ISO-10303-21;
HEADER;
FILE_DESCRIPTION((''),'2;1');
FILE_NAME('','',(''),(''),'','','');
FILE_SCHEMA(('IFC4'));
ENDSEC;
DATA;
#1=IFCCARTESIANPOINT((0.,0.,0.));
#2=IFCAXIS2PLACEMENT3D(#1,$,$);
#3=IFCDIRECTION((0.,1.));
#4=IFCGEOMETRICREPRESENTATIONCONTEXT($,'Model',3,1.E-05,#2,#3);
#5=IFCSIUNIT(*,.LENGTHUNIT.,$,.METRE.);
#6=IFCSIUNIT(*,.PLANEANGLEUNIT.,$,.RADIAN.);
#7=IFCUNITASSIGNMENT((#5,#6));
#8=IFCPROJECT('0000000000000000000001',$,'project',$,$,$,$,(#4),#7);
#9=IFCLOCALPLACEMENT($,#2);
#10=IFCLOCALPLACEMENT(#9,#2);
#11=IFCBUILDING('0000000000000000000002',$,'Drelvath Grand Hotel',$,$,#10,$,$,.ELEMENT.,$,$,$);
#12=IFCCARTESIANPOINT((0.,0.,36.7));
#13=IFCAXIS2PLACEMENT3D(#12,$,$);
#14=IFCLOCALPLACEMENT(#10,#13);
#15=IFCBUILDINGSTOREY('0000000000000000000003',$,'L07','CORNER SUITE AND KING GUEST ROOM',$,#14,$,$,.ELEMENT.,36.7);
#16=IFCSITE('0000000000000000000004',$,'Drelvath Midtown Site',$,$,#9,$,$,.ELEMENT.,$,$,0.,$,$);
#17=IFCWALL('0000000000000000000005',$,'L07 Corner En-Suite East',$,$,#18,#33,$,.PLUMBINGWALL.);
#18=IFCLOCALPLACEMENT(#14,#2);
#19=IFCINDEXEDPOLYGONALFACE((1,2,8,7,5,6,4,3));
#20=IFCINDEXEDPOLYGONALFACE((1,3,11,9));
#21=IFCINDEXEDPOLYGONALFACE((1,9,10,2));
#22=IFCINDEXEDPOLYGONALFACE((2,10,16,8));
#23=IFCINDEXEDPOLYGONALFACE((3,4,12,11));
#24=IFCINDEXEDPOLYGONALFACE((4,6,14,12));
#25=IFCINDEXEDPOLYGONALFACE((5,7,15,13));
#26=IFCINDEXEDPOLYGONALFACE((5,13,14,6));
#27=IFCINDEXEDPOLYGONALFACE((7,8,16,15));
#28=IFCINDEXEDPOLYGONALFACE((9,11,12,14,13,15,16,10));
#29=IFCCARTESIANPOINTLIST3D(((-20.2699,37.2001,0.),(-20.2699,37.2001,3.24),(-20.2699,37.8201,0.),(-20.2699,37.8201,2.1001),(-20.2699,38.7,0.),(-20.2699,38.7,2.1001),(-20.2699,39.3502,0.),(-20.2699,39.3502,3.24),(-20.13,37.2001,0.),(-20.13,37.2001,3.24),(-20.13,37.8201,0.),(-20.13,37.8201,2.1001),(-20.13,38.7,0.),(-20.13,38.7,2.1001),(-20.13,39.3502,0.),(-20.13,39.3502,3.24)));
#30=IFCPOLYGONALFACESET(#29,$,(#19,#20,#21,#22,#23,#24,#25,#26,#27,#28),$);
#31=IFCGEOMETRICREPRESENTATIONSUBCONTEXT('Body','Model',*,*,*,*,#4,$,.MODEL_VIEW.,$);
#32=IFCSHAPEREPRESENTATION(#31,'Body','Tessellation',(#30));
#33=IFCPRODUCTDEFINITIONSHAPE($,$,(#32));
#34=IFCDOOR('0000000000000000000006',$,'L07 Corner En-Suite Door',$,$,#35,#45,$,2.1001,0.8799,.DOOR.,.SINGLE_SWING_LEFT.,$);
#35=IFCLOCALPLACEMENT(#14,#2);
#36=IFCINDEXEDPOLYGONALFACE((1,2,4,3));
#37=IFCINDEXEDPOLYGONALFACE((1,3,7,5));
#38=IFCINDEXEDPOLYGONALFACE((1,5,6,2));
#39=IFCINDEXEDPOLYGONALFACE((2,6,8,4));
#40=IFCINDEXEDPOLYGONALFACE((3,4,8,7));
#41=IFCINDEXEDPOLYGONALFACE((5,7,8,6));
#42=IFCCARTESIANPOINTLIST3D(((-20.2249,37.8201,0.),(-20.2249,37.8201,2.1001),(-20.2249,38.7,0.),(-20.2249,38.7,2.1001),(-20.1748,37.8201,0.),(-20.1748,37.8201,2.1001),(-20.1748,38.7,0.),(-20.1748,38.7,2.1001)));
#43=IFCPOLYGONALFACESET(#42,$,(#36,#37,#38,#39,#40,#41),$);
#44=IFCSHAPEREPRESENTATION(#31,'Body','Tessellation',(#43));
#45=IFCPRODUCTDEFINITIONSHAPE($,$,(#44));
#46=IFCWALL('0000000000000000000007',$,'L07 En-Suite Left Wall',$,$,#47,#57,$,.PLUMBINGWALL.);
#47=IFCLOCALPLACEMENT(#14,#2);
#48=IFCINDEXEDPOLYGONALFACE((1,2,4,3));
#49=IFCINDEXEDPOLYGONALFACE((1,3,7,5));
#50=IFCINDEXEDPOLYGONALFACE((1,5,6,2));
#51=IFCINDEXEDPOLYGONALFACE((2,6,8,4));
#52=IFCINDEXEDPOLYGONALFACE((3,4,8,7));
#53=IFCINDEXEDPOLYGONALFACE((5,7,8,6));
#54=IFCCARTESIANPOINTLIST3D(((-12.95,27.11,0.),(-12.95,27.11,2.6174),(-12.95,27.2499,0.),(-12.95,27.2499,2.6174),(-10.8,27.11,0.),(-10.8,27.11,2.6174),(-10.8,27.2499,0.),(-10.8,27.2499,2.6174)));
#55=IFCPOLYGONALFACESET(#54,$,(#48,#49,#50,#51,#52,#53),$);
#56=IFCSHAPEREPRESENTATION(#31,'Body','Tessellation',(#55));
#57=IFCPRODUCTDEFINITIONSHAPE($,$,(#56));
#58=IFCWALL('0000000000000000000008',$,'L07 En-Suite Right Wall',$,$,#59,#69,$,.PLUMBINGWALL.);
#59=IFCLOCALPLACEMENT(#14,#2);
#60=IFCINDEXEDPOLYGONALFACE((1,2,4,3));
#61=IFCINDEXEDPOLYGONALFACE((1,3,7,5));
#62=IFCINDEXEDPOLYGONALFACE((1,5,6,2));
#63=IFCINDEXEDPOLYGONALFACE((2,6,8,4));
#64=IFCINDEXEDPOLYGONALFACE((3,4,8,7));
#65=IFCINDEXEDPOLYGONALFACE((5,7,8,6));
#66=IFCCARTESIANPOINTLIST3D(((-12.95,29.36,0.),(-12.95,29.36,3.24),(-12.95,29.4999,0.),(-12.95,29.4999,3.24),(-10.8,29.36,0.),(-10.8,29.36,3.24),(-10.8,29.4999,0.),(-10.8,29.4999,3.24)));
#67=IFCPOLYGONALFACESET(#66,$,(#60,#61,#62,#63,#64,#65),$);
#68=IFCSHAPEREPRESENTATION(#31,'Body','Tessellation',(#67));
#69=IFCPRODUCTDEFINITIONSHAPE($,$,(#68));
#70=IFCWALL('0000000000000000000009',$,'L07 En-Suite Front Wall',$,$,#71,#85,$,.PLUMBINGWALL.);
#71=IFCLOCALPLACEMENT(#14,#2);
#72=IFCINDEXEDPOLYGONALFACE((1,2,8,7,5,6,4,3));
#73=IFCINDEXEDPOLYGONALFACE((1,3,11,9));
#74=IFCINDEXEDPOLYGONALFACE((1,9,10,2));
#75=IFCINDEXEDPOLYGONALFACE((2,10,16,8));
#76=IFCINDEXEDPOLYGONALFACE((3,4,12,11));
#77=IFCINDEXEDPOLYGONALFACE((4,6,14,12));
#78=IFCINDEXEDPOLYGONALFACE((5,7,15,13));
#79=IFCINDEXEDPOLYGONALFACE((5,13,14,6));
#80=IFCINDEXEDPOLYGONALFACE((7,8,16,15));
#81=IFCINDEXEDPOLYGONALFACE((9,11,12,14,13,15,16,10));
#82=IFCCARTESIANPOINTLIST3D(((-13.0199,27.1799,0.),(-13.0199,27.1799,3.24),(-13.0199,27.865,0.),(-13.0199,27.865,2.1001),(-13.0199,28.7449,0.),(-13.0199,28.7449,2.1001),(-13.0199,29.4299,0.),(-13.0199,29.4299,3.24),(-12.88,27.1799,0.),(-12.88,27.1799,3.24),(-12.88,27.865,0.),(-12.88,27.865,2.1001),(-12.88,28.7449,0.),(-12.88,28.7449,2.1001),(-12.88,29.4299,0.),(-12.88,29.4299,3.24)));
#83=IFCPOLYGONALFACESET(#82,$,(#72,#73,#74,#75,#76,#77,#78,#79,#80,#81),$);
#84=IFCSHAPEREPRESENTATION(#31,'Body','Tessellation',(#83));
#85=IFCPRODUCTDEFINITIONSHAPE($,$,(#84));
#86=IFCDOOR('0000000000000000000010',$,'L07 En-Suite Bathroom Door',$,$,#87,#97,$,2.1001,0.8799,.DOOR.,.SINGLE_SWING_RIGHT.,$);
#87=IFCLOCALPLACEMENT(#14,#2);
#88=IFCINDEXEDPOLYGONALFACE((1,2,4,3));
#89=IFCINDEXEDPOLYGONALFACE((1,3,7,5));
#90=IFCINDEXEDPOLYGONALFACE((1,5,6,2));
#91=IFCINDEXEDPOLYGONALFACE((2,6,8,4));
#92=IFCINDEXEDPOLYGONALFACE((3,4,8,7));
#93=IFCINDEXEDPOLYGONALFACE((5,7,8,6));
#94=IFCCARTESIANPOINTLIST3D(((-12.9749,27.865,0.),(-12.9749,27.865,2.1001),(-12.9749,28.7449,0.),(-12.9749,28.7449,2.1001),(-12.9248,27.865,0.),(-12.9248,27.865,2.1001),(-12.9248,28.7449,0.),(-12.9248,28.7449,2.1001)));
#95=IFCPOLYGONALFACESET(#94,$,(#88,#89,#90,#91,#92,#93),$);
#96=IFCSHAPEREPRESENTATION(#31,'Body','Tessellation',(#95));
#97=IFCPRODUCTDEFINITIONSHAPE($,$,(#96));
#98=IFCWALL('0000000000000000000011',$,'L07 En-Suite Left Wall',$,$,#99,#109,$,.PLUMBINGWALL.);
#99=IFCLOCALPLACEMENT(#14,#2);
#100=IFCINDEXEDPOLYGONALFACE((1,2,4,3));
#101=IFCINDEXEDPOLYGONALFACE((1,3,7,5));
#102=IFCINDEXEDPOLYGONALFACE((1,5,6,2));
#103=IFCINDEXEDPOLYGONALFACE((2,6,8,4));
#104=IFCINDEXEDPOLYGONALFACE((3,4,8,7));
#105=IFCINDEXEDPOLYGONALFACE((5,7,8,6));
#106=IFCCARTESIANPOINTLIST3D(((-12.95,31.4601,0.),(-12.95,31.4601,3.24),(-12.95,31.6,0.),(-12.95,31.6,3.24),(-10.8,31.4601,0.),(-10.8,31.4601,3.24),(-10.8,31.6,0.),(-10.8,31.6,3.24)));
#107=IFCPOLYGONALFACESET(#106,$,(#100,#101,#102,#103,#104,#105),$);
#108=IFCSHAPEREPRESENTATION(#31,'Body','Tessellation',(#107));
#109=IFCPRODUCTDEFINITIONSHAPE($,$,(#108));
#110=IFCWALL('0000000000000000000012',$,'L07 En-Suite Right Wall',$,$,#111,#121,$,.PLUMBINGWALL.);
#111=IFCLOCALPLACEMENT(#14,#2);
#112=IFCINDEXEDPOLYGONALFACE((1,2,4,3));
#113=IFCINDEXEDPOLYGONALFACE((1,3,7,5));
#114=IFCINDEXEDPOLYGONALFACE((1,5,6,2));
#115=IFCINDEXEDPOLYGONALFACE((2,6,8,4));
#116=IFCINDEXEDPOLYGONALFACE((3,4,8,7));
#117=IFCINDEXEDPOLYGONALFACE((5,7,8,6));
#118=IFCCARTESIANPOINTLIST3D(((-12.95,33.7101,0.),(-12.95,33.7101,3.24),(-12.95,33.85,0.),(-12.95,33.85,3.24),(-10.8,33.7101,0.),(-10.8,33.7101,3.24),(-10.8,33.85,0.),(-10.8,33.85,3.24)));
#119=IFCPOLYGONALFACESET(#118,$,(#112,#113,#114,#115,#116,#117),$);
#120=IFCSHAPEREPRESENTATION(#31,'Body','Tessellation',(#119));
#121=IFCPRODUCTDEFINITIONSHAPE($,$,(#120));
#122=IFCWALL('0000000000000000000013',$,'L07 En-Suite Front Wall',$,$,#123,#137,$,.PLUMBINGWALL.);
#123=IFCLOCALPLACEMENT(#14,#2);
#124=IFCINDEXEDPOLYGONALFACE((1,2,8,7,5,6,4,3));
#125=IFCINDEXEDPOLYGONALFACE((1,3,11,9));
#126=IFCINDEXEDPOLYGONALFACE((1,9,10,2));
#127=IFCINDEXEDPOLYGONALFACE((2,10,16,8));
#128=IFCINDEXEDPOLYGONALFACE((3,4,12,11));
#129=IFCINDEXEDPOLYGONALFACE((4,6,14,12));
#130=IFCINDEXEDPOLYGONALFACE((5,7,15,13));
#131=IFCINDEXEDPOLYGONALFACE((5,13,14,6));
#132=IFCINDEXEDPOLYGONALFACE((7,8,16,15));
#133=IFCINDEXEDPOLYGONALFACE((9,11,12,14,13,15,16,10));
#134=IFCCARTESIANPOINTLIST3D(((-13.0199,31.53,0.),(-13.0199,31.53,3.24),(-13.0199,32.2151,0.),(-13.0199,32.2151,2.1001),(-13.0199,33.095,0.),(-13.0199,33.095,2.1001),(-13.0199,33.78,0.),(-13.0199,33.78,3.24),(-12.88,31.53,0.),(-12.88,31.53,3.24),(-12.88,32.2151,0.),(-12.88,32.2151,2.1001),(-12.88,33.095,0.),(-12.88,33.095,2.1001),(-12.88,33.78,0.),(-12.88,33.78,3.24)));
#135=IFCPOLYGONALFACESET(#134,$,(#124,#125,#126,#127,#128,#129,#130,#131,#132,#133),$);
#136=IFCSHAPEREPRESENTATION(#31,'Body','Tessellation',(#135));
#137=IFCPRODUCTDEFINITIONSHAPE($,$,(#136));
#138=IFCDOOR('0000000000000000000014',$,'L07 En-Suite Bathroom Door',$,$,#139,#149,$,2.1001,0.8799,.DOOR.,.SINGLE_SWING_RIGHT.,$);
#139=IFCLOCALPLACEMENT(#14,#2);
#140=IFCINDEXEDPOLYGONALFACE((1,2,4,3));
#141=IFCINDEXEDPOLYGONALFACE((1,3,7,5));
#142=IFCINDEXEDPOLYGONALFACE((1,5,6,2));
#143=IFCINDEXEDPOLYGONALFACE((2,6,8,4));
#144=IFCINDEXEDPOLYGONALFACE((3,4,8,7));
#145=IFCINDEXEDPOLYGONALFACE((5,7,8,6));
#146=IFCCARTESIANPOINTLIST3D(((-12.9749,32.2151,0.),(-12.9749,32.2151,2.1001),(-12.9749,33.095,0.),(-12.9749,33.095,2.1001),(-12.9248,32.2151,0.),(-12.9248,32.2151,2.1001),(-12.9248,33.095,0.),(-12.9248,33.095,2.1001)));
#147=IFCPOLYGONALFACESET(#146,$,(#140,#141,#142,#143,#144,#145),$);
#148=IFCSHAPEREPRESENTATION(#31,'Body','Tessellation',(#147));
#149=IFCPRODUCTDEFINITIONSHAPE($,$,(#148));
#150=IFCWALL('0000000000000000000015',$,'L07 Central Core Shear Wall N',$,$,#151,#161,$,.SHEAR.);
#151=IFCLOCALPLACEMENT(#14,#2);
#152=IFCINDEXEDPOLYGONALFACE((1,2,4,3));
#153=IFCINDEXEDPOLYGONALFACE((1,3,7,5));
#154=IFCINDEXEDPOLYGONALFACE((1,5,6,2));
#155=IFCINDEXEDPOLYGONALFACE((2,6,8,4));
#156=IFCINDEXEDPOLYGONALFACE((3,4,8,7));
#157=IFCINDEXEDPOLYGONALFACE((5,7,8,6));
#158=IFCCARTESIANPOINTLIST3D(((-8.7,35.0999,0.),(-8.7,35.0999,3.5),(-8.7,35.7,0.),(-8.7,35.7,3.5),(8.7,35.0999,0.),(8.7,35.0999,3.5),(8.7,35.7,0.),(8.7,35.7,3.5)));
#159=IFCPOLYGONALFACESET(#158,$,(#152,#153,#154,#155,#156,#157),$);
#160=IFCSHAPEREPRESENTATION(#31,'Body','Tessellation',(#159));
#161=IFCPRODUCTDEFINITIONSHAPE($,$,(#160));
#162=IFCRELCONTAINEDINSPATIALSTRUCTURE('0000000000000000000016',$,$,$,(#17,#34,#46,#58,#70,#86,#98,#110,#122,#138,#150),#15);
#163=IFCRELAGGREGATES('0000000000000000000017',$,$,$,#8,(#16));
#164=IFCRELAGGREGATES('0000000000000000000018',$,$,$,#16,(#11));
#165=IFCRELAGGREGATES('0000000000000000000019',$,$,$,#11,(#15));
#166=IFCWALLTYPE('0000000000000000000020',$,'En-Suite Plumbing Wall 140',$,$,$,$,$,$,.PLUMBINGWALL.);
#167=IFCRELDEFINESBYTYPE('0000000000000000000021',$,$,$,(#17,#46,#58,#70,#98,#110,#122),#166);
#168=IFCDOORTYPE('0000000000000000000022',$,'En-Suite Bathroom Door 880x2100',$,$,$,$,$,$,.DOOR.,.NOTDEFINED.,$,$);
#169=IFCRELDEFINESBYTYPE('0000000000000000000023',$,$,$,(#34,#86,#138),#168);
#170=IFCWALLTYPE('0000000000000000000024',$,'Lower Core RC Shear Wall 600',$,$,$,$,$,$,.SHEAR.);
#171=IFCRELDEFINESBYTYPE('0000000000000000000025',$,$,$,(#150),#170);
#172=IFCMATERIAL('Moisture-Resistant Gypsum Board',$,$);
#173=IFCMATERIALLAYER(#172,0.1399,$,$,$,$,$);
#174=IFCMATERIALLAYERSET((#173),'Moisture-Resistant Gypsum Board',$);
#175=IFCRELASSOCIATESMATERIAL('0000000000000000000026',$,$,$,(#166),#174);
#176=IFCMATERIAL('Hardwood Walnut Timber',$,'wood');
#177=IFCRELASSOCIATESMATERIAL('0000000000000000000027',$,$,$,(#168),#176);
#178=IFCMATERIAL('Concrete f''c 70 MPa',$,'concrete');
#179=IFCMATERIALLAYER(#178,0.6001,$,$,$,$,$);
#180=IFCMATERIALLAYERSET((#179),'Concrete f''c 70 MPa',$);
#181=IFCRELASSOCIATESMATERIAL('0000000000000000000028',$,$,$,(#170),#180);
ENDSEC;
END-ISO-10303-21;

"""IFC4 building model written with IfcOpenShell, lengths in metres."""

from ifc_helpers import new_model, si_unit, direction, frame, frame_2d, origin, place, context, subcontext, project, spatial, rectangle, extrude, material, layer, layer_set, type_object, element, fill, save


model = new_model("IFC4")

# Units and contexts
model_context = context("Model", 3, precision=1e-05, world=origin(), true_north=direction((0.0, 1.0)))
body_context = subcontext(model_context, "Body", "Model", "MODEL_VIEW")
ifc_project = project(units=[si_unit("LENGTHUNIT", "METRE"), si_unit("PLANEANGLEUNIT", "RADIAN")], contexts=[model_context])

# Site, building, storey
site_placement = place(None, origin())
site = spatial("IfcSite", under=ifc_project, at=site_placement, Name="Drelvath Midtown Site", CompositionType="ELEMENT", RefElevation=0.0)
building_placement = place(site_placement, origin())
building = spatial("IfcBuilding", under=site, at=building_placement, Name="Drelvath Grand Hotel", CompositionType="ELEMENT")
storey_placement = place(building_placement, frame((0.0, 0.0, 36.7)))
storey = spatial("IfcBuildingStorey", under=building, at=storey_placement, Name="L07", Description="CORNER SUITE AND KING GUEST ROOM", CompositionType="ELEMENT", Elevation=36.7)

# Shared definitions
ifc_material_1 = material(Name="Hardwood Walnut Timber", Category="wood")

# Wall, opening, door
ifc_material_2 = material(Name="Moisture-Resistant Gypsum Board")
ifc_layer_1 = layer(ifc_material_2, 0.1399)
ifc_layer_set_1 = layer_set([ifc_layer_1], Name="Moisture-Resistant Gypsum Board")
wall_type_1 = type_object("IfcWallType", Name="En-Suite Plumbing Wall 140", PredefinedType="PLUMBINGWALL", material=ifc_layer_set_1)
wall_1_placement = place(storey_placement, frame((-20.2, 37.2, 0.0), z_axis=(0.0, 0.0, 1.0), x_axis=(0.0, 1.0, 0.0)))
wall_1 = element("IfcWall", 1, at=wall_1_placement, inside=storey, type_object=wall_type_1, Name="L07 Corner En-Suite East", PredefinedType="PLUMBINGWALL", context=body_context, shape_type="SweptSolid", body=[
    extrude(rectangle(XDim=2.1501, YDim=0.1399, at=frame_2d((1.0752, 0.0))), origin(), (0.0, 0.0, 1.0), 3.24),
])
opening_1_placement = place(wall_1_placement, frame((0.6201, 0.0, 0.0)))
opening_1 = element("IfcOpeningElement", 2, at=opening_1_placement, cuts=wall_1, PredefinedType="OPENING", context=body_context, shape_type="SweptSolid", body=[
    extrude(rectangle(XDim=0.8799, YDim=2.1001, at=frame_2d((0.4399, 1.05))), frame((0.0, 0.0798, 0.0), z_axis=(0.0, -1.0, 0.0), x_axis=(1.0, 0.0, 0.0)), (0.0, 0.0, 1.0), 0.1599),
])
door_type_1 = type_object("IfcDoorType", Name="En-Suite Bathroom Door 880x2100", OperationType="NOTDEFINED", PredefinedType="DOOR", material=ifc_material_1)
door_1_placement = place(opening_1_placement, origin())
door_1 = element("IfcDoor", 3, at=door_1_placement, inside=storey, type_object=door_type_1, Name="L07 Corner En-Suite Door", OperationType="SINGLE_SWING_LEFT", OverallHeight=2.1001, OverallWidth=0.8799, PredefinedType="DOOR", context=body_context, shape_type="SweptSolid", body=[
    extrude(rectangle(XDim=0.8799, YDim=2.1001, at=frame_2d((0.4399, 1.05))), frame((0.0, 0.0249, 0.0), z_axis=(0.0, -1.0, 0.0), x_axis=(1.0, 0.0, 0.0)), (0.0, 0.0, 1.0), 0.05),
])
fill(opening_1, door_1)

# Walls
wall_2_placement = place(storey_placement, frame((-10.8, 27.1799, 0.0), z_axis=(0.0, 0.0, 1.0), x_axis=(-1.0, 0.0, 0.0)))
element("IfcWall", 4, at=wall_2_placement, inside=storey, type_object=wall_type_1, Name="L07 En-Suite Left Wall", PredefinedType="PLUMBINGWALL", context=body_context, shape_type="SweptSolid", body=[
    extrude(rectangle(XDim=2.1499, YDim=0.1399, at=frame_2d((1.075, 0.0))), origin(), (0.0, 0.0, 1.0), 2.6174),
])
wall_3_placement = place(storey_placement, frame((-10.8, 29.4299, 0.0), z_axis=(0.0, 0.0, 1.0), x_axis=(-1.0, 0.0, 0.0)))
element("IfcWall", 5, at=wall_3_placement, inside=storey, type_object=wall_type_1, Name="L07 En-Suite Right Wall", PredefinedType="PLUMBINGWALL", context=body_context, shape_type="SweptSolid", body=[
    extrude(rectangle(XDim=2.1499, YDim=0.1399, at=frame_2d((1.075, 0.0))), origin(), (0.0, 0.0, 1.0), 3.24),
])

# Wall, opening, door
wall_4_placement = place(storey_placement, frame((-12.95, 27.1799, 0.0), z_axis=(0.0, 0.0, 1.0), x_axis=(0.0, 1.0, 0.0)))
wall_4 = element("IfcWall", 6, at=wall_4_placement, inside=storey, type_object=wall_type_1, Name="L07 En-Suite Front Wall", PredefinedType="PLUMBINGWALL", context=body_context, shape_type="SweptSolid", body=[
    extrude(rectangle(XDim=2.25, YDim=0.1399, at=frame_2d((1.125, 0.0))), origin(), (0.0, 0.0, 1.0), 3.24),
])
opening_2_placement = place(wall_4_placement, frame((0.6851, 0.0, 0.0)))
opening_2 = element("IfcOpeningElement", 7, at=opening_2_placement, cuts=wall_4, PredefinedType="OPENING", context=body_context, shape_type="SweptSolid", body=[
    extrude(rectangle(XDim=0.8799, YDim=2.1001, at=frame_2d((0.4399, 1.05))), frame((0.0, 0.0798, 0.0), z_axis=(0.0, -1.0, 0.0), x_axis=(1.0, 0.0, 0.0)), (0.0, 0.0, 1.0), 0.1599),
])
door_2_placement = place(opening_2_placement, origin())
door_2 = element("IfcDoor", 8, at=door_2_placement, inside=storey, type_object=door_type_1, Name="L07 En-Suite Bathroom Door", OperationType="SINGLE_SWING_RIGHT", OverallHeight=2.1001, OverallWidth=0.8799, PredefinedType="DOOR", context=body_context, shape_type="SweptSolid", body=[
    extrude(rectangle(XDim=0.8799, YDim=2.1001, at=frame_2d((0.4399, 1.05))), frame((0.0, 0.0249, 0.0), z_axis=(0.0, -1.0, 0.0), x_axis=(1.0, 0.0, 0.0)), (0.0, 0.0, 1.0), 0.05),
])
fill(opening_2, door_2)

# Walls
for number, where, z_axis, x_axis, name in (
    (9, (-10.8, 31.53, 0.0), (0.0, 0.0, 1.0), (-1.0, 0.0, 0.0), "L07 En-Suite Left Wall"),
    (10, (-10.8, 33.78, 0.0), (0.0, 0.0, 1.0), (-1.0, 0.0, 0.0), "L07 En-Suite Right Wall"),
):
    element("IfcWall", number, at=place(storey_placement, frame(where, z_axis=z_axis, x_axis=x_axis)), inside=storey, type_object=wall_type_1, Name=name, PredefinedType="PLUMBINGWALL", context=body_context, shape_type="SweptSolid", body=[
        extrude(rectangle(XDim=2.1499, YDim=0.1399, at=frame_2d((1.075, 0.0))), origin(), (0.0, 0.0, 1.0), 3.24),
    ])

# Wall, opening, door
wall_5_placement = place(storey_placement, frame((-12.95, 31.53, 0.0), z_axis=(0.0, 0.0, 1.0), x_axis=(0.0, 1.0, 0.0)))
wall_5 = element("IfcWall", 11, at=wall_5_placement, inside=storey, type_object=wall_type_1, Name="L07 En-Suite Front Wall", PredefinedType="PLUMBINGWALL", context=body_context, shape_type="SweptSolid", body=[
    extrude(rectangle(XDim=2.25, YDim=0.1399, at=frame_2d((1.125, 0.0))), origin(), (0.0, 0.0, 1.0), 3.24),
])
opening_3_placement = place(wall_5_placement, frame((0.6851, 0.0, 0.0)))
opening_3 = element("IfcOpeningElement", 12, at=opening_3_placement, cuts=wall_5, PredefinedType="OPENING", context=body_context, shape_type="SweptSolid", body=[
    extrude(rectangle(XDim=0.8799, YDim=2.1001, at=frame_2d((0.4399, 1.05))), frame((0.0, 0.0798, 0.0), z_axis=(0.0, -1.0, 0.0), x_axis=(1.0, 0.0, 0.0)), (0.0, 0.0, 1.0), 0.1599),
])
door_3_placement = place(opening_3_placement, origin())
door_3 = element("IfcDoor", 13, at=door_3_placement, inside=storey, type_object=door_type_1, Name="L07 En-Suite Bathroom Door", OperationType="SINGLE_SWING_RIGHT", OverallHeight=2.1001, OverallWidth=0.8799, PredefinedType="DOOR", context=body_context, shape_type="SweptSolid", body=[
    extrude(rectangle(XDim=0.8799, YDim=2.1001, at=frame_2d((0.4399, 1.05))), frame((0.0, 0.0249, 0.0), z_axis=(0.0, -1.0, 0.0), x_axis=(1.0, 0.0, 0.0)), (0.0, 0.0, 1.0), 0.05),
])
fill(opening_3, door_3)

# Wall
ifc_material_3 = material(Name="Concrete f'c 70 MPa", Category="concrete")
ifc_layer_2 = layer(ifc_material_3, 0.6001)
ifc_layer_set_2 = layer_set([ifc_layer_2], Name="Concrete f'c 70 MPa")
wall_type_2 = type_object("IfcWallType", Name="Lower Core RC Shear Wall 600", PredefinedType="SHEAR", material=ifc_layer_set_2)
wall_6_placement = place(storey_placement, frame((-8.7, 35.3999, 0.0), z_axis=(0.0, 0.0, 1.0), x_axis=(1.0, 0.0, 0.0)))
element("IfcWall", 14, at=wall_6_placement, inside=storey, type_object=wall_type_2, Name="L07 Central Core Shear Wall N", PredefinedType="SHEAR", context=body_context, shape_type="SweptSolid", body=[
    extrude(rectangle(XDim=17.3999, YDim=0.6001, at=frame_2d((8.7, 0.0))), origin(), (0.0, 0.0, 1.0), 3.5),
])

save(model, "model.ifc")
